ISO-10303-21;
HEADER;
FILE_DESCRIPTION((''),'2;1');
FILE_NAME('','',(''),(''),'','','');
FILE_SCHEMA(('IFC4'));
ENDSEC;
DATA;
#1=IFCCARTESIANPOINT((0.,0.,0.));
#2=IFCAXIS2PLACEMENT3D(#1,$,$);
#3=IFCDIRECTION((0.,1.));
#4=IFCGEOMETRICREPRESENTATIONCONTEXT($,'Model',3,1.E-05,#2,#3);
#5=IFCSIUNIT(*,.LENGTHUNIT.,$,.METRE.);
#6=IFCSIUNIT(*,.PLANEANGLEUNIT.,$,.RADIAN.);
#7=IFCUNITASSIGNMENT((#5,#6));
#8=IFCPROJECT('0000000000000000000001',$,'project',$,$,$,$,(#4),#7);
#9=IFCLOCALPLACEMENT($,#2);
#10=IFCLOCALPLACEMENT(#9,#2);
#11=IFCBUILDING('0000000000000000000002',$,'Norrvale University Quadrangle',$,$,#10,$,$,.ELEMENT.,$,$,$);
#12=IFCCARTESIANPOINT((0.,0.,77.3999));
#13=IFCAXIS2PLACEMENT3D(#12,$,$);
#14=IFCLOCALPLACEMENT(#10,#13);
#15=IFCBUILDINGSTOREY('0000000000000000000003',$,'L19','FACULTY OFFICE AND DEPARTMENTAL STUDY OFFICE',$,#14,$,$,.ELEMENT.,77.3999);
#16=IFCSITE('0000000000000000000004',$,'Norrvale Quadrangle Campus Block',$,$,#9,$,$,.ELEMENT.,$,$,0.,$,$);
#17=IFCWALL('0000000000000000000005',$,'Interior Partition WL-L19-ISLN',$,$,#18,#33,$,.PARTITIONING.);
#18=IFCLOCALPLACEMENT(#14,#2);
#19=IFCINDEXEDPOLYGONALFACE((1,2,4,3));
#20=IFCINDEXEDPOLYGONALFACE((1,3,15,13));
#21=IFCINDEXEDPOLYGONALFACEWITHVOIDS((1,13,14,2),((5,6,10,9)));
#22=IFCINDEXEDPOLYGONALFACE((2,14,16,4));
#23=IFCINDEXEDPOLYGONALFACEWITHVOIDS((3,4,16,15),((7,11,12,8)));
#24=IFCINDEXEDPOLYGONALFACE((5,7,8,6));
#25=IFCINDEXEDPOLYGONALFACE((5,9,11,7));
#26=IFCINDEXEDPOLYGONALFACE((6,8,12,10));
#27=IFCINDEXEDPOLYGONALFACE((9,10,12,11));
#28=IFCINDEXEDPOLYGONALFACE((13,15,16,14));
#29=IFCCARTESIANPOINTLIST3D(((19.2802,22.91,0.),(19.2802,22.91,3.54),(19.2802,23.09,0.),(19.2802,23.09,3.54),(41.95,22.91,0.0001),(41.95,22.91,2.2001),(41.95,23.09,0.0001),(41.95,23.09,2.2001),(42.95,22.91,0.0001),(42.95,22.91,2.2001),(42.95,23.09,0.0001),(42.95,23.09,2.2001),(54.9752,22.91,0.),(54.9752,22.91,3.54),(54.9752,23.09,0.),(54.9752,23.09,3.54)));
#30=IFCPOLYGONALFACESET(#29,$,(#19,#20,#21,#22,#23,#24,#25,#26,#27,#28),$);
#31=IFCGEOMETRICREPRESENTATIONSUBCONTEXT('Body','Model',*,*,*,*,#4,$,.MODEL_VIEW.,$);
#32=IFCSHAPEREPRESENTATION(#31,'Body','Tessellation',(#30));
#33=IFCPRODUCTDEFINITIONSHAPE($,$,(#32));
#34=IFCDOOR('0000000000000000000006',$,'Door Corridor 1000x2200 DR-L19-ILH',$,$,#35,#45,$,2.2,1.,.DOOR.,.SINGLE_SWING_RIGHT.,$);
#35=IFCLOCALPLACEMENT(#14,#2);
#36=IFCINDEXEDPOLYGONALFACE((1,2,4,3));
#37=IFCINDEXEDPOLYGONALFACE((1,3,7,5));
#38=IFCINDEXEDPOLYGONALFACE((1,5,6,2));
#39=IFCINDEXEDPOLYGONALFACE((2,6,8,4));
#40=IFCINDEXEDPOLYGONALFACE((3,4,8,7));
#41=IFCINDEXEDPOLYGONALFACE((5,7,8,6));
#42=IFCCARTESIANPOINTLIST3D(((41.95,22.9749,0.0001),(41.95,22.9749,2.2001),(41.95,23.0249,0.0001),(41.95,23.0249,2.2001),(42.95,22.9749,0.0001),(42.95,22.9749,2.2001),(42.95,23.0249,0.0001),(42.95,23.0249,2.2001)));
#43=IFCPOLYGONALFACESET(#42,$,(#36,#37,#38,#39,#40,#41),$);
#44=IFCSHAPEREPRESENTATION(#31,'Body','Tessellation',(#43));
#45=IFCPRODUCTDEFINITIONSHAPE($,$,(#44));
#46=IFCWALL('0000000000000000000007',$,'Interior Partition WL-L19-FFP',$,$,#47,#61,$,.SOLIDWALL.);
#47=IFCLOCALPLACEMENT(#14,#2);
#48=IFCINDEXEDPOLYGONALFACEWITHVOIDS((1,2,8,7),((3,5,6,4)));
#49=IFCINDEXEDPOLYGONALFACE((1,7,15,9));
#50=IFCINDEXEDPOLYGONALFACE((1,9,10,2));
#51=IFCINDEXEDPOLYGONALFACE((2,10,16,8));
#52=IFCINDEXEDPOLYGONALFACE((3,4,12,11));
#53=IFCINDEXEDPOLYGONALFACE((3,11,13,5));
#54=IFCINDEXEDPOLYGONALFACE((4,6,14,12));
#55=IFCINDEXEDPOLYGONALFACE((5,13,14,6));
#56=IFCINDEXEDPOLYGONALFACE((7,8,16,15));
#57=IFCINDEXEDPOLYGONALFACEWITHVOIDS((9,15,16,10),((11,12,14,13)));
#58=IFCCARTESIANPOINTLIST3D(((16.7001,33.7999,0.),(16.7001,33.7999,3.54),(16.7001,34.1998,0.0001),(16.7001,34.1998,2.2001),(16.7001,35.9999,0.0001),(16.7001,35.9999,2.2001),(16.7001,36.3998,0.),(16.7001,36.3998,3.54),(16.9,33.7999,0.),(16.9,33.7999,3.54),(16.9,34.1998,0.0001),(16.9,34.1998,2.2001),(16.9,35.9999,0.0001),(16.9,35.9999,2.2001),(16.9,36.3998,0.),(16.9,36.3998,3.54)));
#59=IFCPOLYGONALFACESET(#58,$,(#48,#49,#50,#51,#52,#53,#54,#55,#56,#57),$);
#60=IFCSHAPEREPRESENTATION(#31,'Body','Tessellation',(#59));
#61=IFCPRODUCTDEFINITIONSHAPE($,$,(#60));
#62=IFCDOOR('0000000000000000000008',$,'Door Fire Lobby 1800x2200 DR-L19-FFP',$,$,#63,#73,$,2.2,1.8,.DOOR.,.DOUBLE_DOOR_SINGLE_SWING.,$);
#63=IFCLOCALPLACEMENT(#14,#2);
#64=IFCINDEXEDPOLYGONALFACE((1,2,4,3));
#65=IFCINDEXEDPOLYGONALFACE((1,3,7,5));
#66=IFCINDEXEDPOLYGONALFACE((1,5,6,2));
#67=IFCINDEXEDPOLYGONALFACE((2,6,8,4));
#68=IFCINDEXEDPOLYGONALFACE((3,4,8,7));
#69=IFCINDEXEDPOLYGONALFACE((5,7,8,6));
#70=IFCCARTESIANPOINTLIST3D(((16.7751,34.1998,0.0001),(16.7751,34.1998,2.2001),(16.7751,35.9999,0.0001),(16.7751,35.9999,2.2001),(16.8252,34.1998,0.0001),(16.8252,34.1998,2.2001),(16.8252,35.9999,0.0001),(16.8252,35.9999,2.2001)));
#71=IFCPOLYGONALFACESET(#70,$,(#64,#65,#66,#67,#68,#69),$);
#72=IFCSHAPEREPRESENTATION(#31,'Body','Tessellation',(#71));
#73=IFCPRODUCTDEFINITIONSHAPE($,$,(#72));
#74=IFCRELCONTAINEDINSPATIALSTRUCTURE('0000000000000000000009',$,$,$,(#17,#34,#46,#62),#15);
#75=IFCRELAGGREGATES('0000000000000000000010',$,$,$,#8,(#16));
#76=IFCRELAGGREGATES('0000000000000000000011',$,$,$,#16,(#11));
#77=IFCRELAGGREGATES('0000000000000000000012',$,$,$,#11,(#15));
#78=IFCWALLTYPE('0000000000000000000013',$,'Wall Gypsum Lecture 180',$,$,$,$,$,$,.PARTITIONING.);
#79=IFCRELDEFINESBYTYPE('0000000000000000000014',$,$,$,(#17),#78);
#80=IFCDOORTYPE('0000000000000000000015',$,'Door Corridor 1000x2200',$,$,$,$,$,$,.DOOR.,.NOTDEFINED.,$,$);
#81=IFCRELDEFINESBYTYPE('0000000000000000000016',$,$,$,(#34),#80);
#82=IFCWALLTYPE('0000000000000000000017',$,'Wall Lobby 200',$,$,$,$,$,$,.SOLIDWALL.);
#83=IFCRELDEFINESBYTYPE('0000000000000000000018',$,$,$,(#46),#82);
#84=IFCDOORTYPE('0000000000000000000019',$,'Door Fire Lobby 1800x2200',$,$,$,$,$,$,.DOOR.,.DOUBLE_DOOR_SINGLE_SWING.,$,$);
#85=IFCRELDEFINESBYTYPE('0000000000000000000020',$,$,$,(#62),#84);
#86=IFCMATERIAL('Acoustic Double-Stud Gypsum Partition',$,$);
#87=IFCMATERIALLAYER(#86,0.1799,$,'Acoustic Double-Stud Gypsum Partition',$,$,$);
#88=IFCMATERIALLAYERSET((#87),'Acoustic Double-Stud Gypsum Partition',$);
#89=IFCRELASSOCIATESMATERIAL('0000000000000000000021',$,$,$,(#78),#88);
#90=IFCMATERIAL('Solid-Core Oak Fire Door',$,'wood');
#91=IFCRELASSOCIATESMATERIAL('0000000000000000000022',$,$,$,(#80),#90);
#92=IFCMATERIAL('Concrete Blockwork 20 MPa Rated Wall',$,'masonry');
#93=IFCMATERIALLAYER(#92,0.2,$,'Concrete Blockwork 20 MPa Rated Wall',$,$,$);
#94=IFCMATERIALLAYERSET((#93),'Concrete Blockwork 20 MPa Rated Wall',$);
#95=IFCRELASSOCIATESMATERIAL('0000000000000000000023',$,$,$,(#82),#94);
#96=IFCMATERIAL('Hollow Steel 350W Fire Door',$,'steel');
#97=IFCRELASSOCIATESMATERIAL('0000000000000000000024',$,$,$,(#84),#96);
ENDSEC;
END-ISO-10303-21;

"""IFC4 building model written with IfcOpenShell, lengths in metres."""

from ifc_helpers import new_model, si_unit, direction, frame, frame_2d, origin, place, context, subcontext, project, spatial, rectangle, extrude, material, layer, layer_set, type_object, element, fill, save


model = new_model("IFC4")

# Units and contexts
model_context = context("Model", 3, precision=1e-05, world=origin(), true_north=direction((0.0, 1.0)))
body_context = subcontext(model_context, "Body", "Model", "MODEL_VIEW")
ifc_project = project(units=[si_unit("LENGTHUNIT", "METRE"), si_unit("PLANEANGLEUNIT", "RADIAN")], contexts=[model_context])

# Site, building, storey
site_placement = place(None, origin())
site = spatial("IfcSite", under=ifc_project, at=site_placement, Name="Norrvale Quadrangle Campus Block", CompositionType="ELEMENT", RefElevation=0.0)
building_placement = place(site_placement, origin())
building = spatial("IfcBuilding", under=site, at=building_placement, Name="Norrvale University Quadrangle", CompositionType="ELEMENT")
storey_placement = place(building_placement, frame((0.0, 0.0, 77.3999)))
storey = spatial("IfcBuildingStorey", under=building, at=storey_placement, Name="L19", Description="FACULTY OFFICE AND DEPARTMENTAL STUDY OFFICE", CompositionType="ELEMENT", Elevation=77.3999)

# Walls, openings, doors
ifc_material_1 = material(Name="Acoustic Double-Stud Gypsum Partition")
ifc_layer_1 = layer(ifc_material_1, 0.1799, Name="Acoustic Double-Stud Gypsum Partition")
ifc_layer_set_1 = layer_set([ifc_layer_1], Name="Acoustic Double-Stud Gypsum Partition")
wall_type_1 = type_object("IfcWallType", Name="Wall Gypsum Lecture 180", PredefinedType="PARTITIONING", material=ifc_layer_set_1)
wall_1_placement = place(storey_placement, frame((19.28, 23.0, 0.0), z_axis=(0.0, 0.0, 1.0), x_axis=(1.0, 0.0, 0.0)))
wall_1 = element("IfcWall", 1, at=wall_1_placement, inside=storey, type_object=wall_type_1, Name="Interior Partition WL-L19-ISLN", PredefinedType="PARTITIONING", context=body_context, shape_type="SweptSolid", body=[
    extrude(rectangle(XDim=35.6951, YDim=0.1799, at=frame_2d((17.8477, 0.0))), origin(), (0.0, 0.0, 1.0), 3.54),
])
opening_1_placement = place(wall_1_placement, frame((22.6699, 0.0, 0.0)))
opening_1 = element("IfcOpeningElement", 2, at=opening_1_placement, cuts=wall_1, PredefinedType="OPENING", context=body_context, shape_type="SweptSolid", body=[
    extrude(rectangle(XDim=1.0, YDim=2.2, at=frame_2d((0.5, 1.1001))), frame((0.0, 0.1021, 0.0), z_axis=(0.0, -1.0, 0.0), x_axis=(1.0, 0.0, 0.0)), (0.0, 0.0, 1.0), 0.2039),
])
ifc_material_2 = material(Name="Solid-Core Oak Fire Door", Category="wood")
door_type_1 = type_object("IfcDoorType", Name="Door Corridor 1000x2200", OperationType="NOTDEFINED", PredefinedType="DOOR", material=ifc_material_2)
door_1_placement = place(opening_1_placement, origin())
door_1 = element("IfcDoor", 3, at=door_1_placement, inside=storey, type_object=door_type_1, Name="Door Corridor 1000x2200 DR-L19-ILH", OperationType="SINGLE_SWING_RIGHT", OverallHeight=2.2, OverallWidth=1.0, PredefinedType="DOOR", context=body_context, shape_type="SweptSolid", body=[
    extrude(rectangle(XDim=1.0, YDim=2.2, at=frame_2d((0.5, 1.1001))), frame((0.0, 0.0249, 0.0), z_axis=(0.0, -1.0, 0.0), x_axis=(1.0, 0.0, 0.0)), (0.0, 0.0, 1.0), 0.05),
])
fill(opening_1, door_1)
ifc_material_3 = material(Name="Concrete Blockwork 20 MPa Rated Wall", Category="masonry")
ifc_layer_2 = layer(ifc_material_3, 0.2, Name="Concrete Blockwork 20 MPa Rated Wall")
ifc_layer_set_2 = layer_set([ifc_layer_2], Name="Concrete Blockwork 20 MPa Rated Wall")
wall_type_2 = type_object("IfcWallType", Name="Wall Lobby 200", PredefinedType="SOLIDWALL", material=ifc_layer_set_2)
wall_2_placement = place(storey_placement, frame((16.8, 33.8, 0.0), z_axis=(0.0, 0.0, 1.0), x_axis=(0.0, 1.0, 0.0)))
wall_2 = element("IfcWall", 4, at=wall_2_placement, inside=storey, type_object=wall_type_2, Name="Interior Partition WL-L19-FFP", PredefinedType="SOLIDWALL", context=body_context, shape_type="SweptSolid", body=[
    extrude(rectangle(XDim=2.5999, YDim=0.2, at=frame_2d((1.2998, 0.0))), origin(), (0.0, 0.0, 1.0), 3.54),
])
opening_2_placement = place(wall_2_placement, frame((0.3999, 0.0, 0.0)))
opening_2 = element("IfcOpeningElement", 5, at=opening_2_placement, cuts=wall_2, PredefinedType="OPENING", context=body_context, shape_type="SweptSolid", body=[
    extrude(rectangle(XDim=1.8, YDim=2.2, at=frame_2d((0.8999, 1.1001))), frame((0.0, 0.1121, 0.0), z_axis=(0.0, -1.0, 0.0), x_axis=(1.0, 0.0, 0.0)), (0.0, 0.0, 1.0), 0.2239),
])
ifc_material_4 = material(Name="Hollow Steel 350W Fire Door", Category="steel")
door_type_2 = type_object("IfcDoorType", Name="Door Fire Lobby 1800x2200", OperationType="DOUBLE_DOOR_SINGLE_SWING", PredefinedType="DOOR", material=ifc_material_4)
door_2_placement = place(opening_2_placement, origin())
door_2 = element("IfcDoor", 6, at=door_2_placement, inside=storey, type_object=door_type_2, Name="Door Fire Lobby 1800x2200 DR-L19-FFP", OperationType="DOUBLE_DOOR_SINGLE_SWING", OverallHeight=2.2, OverallWidth=1.8, PredefinedType="DOOR", context=body_context, shape_type="SweptSolid", body=[
    extrude(rectangle(XDim=1.8, YDim=2.2, at=frame_2d((0.8999, 1.1001))), frame((0.0, 0.0249, 0.0), z_axis=(0.0, -1.0, 0.0), x_axis=(1.0, 0.0, 0.0)), (0.0, 0.0, 1.0), 0.05),
])
fill(opening_2, door_2)

save(model, "model.ifc")
